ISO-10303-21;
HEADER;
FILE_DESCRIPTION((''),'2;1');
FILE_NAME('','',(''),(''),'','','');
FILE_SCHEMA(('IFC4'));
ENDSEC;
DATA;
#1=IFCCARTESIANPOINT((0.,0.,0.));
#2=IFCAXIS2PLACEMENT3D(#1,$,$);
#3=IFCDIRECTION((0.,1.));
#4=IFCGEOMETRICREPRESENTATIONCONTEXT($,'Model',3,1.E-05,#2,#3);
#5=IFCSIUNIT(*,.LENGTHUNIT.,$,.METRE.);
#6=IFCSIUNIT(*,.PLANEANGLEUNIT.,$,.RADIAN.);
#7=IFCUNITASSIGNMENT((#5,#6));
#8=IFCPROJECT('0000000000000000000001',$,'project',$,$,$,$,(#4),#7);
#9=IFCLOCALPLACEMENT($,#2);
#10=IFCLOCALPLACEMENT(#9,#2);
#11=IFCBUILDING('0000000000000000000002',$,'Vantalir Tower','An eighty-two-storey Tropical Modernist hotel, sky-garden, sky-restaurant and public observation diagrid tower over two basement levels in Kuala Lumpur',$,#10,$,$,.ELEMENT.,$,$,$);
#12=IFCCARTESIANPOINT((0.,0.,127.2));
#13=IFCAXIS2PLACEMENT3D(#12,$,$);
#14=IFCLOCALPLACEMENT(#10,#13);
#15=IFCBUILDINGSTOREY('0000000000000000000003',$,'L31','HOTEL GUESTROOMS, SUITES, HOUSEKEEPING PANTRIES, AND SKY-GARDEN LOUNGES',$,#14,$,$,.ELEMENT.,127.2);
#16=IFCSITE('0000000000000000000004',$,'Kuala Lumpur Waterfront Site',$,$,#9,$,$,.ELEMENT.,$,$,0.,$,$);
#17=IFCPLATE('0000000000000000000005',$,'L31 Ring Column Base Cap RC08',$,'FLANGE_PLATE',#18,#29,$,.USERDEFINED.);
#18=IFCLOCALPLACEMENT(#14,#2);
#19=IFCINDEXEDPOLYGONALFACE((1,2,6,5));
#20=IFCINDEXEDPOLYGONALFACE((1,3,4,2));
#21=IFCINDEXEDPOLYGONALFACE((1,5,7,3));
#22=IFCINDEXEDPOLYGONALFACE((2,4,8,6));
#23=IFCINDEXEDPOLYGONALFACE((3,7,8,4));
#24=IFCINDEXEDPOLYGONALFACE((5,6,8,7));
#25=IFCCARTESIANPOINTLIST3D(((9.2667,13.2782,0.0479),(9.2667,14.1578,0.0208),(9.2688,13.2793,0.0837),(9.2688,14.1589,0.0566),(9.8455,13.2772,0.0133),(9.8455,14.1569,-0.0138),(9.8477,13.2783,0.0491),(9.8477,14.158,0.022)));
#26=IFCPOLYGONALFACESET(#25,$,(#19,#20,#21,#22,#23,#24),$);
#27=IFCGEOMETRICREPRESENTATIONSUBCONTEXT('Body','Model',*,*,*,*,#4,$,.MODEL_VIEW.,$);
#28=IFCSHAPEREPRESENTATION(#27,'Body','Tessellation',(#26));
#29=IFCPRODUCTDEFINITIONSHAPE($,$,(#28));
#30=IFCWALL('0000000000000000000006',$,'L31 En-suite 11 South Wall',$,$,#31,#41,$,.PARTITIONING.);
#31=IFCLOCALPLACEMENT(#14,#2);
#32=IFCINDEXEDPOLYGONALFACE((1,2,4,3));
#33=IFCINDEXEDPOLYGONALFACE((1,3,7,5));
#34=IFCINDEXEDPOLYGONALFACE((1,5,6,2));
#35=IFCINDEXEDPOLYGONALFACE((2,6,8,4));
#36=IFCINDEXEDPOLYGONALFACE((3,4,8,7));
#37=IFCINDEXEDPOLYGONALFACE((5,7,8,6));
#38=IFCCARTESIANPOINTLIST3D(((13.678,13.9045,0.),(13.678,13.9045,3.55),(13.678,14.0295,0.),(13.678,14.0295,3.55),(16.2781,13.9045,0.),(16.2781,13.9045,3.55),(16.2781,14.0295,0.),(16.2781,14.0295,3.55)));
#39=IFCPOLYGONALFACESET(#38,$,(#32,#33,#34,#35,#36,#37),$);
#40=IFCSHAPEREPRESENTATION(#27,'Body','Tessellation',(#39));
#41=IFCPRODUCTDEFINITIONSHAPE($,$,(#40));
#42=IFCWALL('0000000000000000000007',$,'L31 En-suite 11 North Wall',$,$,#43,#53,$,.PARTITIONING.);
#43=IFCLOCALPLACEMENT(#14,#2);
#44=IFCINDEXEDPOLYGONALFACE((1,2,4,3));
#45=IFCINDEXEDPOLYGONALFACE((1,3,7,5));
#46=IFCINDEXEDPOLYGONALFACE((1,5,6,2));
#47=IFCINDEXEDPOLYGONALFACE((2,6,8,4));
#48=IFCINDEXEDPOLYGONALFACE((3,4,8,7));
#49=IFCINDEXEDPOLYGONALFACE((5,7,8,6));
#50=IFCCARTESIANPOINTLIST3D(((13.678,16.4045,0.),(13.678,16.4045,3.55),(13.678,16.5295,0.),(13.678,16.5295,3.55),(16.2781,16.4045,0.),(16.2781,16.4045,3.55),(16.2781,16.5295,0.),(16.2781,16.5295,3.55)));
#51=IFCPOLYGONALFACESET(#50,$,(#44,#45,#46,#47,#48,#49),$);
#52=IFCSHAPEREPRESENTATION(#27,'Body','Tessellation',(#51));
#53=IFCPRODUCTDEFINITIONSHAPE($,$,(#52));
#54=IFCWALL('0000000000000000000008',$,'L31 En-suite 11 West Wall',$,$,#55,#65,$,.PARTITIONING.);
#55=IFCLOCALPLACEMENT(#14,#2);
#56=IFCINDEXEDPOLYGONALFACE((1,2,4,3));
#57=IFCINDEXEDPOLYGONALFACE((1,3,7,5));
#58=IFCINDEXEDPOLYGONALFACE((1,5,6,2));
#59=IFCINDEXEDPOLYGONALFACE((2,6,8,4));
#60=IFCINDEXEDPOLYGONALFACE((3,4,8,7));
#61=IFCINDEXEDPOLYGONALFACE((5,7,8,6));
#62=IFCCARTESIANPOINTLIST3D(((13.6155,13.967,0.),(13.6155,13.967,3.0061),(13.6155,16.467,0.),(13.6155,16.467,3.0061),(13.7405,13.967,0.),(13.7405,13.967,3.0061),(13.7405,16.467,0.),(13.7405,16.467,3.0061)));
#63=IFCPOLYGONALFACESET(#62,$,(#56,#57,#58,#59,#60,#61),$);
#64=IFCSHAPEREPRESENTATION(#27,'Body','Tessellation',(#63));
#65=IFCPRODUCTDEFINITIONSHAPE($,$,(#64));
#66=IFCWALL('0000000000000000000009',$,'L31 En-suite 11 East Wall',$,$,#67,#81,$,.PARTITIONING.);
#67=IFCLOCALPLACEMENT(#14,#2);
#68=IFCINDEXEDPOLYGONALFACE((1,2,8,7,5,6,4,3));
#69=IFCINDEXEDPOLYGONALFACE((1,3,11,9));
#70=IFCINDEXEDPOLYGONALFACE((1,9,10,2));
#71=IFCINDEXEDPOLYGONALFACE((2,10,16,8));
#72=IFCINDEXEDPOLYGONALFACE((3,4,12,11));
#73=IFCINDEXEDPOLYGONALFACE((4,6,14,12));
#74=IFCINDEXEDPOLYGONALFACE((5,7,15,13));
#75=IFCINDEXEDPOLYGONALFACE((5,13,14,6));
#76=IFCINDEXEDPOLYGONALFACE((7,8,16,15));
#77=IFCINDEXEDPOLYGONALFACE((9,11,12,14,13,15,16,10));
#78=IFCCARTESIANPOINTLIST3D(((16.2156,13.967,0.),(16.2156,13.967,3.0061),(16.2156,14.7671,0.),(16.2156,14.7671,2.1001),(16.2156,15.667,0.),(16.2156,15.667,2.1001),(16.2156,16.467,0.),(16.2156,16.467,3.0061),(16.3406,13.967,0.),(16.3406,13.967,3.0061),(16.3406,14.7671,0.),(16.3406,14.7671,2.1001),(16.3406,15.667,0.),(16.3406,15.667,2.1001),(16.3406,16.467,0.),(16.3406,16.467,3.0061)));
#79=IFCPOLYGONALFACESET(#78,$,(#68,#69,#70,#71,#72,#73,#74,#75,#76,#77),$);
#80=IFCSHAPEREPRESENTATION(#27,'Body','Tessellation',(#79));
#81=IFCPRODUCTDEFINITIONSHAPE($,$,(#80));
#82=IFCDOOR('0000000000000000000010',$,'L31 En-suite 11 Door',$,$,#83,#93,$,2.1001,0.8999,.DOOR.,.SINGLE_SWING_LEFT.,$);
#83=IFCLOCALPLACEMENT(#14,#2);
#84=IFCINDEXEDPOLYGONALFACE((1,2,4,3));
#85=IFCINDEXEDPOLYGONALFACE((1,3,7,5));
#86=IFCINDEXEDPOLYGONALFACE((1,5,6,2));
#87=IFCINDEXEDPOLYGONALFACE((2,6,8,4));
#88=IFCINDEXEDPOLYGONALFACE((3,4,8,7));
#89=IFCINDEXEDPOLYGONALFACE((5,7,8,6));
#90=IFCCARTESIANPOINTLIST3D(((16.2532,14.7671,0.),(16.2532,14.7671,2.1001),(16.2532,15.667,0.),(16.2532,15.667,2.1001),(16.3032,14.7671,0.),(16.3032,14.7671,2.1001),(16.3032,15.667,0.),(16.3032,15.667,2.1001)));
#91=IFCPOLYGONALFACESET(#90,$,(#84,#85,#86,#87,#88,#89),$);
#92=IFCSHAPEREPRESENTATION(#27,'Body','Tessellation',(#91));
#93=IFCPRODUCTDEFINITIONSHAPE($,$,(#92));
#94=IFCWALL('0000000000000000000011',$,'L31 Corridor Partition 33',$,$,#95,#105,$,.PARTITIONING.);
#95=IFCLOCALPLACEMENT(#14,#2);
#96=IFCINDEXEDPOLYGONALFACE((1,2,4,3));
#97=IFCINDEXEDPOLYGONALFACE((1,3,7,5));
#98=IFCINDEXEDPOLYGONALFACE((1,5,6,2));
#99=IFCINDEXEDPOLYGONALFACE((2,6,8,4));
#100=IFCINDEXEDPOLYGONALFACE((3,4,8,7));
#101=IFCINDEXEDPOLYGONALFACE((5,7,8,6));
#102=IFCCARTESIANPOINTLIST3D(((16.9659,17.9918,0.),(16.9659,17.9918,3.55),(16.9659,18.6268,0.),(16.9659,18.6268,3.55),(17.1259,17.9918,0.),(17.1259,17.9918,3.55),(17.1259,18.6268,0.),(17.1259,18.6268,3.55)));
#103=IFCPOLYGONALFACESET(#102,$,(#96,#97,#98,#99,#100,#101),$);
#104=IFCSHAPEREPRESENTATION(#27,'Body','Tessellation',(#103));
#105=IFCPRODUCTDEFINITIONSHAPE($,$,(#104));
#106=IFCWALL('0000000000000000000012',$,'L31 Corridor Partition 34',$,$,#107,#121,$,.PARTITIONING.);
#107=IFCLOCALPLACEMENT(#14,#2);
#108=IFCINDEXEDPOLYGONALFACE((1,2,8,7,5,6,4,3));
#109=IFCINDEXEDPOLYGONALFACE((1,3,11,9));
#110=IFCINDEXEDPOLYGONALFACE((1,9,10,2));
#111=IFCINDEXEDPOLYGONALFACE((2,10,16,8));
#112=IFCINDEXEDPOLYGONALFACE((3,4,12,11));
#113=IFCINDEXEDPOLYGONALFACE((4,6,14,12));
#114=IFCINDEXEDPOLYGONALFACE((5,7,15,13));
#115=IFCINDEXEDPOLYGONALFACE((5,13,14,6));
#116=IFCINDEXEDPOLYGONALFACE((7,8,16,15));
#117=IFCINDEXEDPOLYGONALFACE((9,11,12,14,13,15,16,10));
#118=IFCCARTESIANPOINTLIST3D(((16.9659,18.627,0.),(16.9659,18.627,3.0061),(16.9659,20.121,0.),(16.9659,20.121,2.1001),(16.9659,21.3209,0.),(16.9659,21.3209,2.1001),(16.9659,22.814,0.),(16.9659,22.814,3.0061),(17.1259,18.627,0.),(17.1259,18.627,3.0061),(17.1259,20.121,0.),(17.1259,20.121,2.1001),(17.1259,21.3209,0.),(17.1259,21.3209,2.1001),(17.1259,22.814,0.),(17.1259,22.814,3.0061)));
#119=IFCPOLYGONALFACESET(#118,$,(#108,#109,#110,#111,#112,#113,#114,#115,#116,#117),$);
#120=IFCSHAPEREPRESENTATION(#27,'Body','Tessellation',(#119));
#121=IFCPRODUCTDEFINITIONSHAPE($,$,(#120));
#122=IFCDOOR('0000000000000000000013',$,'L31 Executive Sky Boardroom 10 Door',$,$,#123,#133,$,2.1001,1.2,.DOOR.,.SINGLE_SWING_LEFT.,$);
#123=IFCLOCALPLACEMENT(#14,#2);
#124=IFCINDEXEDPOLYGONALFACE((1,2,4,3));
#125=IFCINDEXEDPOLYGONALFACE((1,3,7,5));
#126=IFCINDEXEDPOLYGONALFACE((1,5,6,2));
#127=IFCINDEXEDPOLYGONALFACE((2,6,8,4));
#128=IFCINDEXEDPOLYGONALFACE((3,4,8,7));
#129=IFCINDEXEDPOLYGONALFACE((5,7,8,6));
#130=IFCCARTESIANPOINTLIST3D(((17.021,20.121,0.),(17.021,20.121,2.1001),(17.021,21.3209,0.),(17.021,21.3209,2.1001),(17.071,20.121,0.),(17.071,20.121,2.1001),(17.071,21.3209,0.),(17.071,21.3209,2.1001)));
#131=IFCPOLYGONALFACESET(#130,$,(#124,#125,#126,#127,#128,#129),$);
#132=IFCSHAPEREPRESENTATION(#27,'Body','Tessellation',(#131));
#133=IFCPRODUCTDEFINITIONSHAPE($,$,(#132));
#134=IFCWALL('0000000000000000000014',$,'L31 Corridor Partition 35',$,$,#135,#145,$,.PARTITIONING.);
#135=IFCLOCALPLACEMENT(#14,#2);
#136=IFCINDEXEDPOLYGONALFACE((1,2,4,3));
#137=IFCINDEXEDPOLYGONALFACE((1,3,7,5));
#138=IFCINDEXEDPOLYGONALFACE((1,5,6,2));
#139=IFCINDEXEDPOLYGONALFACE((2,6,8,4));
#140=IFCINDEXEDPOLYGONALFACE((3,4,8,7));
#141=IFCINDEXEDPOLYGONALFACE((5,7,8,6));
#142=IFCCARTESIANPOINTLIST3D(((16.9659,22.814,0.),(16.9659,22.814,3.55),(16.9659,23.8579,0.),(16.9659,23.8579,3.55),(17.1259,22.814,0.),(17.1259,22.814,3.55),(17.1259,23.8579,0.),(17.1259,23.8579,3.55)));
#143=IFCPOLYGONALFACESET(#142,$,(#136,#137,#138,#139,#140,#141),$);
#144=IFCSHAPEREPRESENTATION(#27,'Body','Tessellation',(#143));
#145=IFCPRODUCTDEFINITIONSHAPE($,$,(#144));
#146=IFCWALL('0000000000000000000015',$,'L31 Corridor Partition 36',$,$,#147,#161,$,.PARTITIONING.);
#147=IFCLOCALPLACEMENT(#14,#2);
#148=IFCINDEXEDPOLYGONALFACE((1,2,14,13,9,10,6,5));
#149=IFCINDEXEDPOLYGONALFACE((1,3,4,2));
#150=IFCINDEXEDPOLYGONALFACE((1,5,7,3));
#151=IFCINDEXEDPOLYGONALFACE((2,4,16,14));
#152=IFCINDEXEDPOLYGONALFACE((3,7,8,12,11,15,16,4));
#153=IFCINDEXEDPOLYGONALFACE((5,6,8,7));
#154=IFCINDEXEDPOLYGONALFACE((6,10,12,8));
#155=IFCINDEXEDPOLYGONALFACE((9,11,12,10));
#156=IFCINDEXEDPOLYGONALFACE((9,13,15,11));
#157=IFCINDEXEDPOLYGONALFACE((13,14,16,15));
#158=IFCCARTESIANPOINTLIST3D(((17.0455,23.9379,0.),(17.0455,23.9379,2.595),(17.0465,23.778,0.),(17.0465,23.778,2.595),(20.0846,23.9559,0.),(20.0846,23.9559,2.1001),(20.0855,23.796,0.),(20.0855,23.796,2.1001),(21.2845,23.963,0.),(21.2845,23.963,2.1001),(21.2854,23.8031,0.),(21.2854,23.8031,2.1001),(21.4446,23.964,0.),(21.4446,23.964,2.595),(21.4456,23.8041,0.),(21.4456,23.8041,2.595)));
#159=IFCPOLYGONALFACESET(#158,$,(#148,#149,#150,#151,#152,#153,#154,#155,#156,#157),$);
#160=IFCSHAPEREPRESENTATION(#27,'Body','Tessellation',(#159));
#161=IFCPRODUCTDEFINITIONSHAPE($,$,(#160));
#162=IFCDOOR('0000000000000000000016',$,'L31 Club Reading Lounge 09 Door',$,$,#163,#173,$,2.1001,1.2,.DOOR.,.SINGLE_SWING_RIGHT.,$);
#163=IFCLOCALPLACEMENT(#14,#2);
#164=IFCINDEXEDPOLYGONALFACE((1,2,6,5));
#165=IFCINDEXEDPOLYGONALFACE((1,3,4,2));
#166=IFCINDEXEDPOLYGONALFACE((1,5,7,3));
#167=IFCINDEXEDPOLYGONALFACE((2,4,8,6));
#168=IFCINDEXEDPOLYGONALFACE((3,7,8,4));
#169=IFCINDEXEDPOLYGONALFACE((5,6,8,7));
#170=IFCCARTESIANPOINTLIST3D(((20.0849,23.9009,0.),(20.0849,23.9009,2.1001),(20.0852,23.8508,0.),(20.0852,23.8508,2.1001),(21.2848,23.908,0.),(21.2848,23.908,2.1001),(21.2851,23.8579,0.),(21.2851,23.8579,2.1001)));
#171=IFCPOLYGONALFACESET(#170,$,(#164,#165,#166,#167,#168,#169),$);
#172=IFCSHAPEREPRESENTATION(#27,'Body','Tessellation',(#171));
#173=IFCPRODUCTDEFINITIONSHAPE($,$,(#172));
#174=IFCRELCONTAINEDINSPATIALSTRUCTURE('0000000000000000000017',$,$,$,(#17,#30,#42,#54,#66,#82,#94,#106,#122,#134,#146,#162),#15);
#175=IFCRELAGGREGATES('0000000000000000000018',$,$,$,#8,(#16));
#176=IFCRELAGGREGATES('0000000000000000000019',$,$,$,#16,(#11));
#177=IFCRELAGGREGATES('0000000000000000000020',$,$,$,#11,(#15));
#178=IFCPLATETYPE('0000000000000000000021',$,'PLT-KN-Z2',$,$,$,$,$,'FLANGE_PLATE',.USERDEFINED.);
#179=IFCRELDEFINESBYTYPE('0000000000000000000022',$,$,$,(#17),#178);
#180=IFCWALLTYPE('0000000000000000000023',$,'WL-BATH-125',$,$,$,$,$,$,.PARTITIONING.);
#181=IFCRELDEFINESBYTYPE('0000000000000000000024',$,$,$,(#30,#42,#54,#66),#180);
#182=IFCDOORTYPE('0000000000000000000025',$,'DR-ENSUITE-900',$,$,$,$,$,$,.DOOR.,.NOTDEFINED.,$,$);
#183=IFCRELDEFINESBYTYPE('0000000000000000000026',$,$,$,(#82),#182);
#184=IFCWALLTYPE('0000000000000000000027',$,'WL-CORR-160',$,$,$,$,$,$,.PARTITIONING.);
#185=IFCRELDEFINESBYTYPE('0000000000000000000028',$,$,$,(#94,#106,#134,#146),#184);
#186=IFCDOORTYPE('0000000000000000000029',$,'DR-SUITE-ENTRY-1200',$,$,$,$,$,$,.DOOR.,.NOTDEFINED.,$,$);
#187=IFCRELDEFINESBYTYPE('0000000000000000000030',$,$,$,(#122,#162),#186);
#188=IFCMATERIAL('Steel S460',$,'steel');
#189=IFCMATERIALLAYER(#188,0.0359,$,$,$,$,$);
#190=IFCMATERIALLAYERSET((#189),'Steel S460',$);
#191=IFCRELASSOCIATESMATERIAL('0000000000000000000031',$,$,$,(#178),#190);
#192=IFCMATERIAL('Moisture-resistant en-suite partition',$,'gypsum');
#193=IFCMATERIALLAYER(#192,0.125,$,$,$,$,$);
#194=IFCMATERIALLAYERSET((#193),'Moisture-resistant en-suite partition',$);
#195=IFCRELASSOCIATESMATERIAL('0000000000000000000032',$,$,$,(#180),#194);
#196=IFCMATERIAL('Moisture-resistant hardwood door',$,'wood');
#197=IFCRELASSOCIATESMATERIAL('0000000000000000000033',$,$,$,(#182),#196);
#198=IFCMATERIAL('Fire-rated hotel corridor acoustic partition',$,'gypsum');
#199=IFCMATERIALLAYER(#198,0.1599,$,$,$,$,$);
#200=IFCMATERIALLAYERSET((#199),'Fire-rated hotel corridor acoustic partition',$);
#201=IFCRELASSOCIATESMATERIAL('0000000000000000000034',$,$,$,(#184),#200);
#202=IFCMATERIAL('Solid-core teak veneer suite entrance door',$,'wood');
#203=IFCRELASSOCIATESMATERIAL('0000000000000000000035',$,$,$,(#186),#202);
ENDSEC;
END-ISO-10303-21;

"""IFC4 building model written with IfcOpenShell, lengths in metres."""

from ifc_helpers import new_model, si_unit, direction, frame, frame_2d, origin, place, context, subcontext, project, spatial, polyline, rectangle, outline, extrude, material, layer, layer_set, type_object, element, fill, save


model = new_model("IFC4")

# Units and contexts
model_context = context("Model", 3, precision=1e-05, world=origin(), true_north=direction((0.0, 1.0)))
body_context = subcontext(model_context, "Body", "Model", "MODEL_VIEW")
ifc_project = project(units=[si_unit("LENGTHUNIT", "METRE"), si_unit("PLANEANGLEUNIT", "RADIAN")], contexts=[model_context])

# Site, building, storey
site_placement = place(None, origin())
site = spatial("IfcSite", under=ifc_project, at=site_placement, Name="Kuala Lumpur Waterfront Site", CompositionType="ELEMENT", RefElevation=0.0)
building_placement = place(site_placement, origin())
building = spatial("IfcBuilding", under=site, at=building_placement, Name="Vantalir Tower", Description="An eighty-two-storey Tropical Modernist hotel, sky-garden, sky-restaurant and public observation diagrid tower over two basement levels in Kuala Lumpur", CompositionType="ELEMENT")
storey_placement = place(building_placement, frame((0.0, 0.0, 127.2)))
storey = spatial("IfcBuildingStorey", under=building, at=storey_placement, Name="L31", Description="HOTEL GUESTROOMS, SUITES, HOUSEKEEPING PANTRIES, AND SKY-GARDEN LOUNGES", CompositionType="ELEMENT", Elevation=127.2)

# Shared definitions
ifc_material_1 = material(Name="Steel S460", Category="steel")

# Plate
ifc_layer_1 = layer(ifc_material_1, 0.0359)
ifc_layer_set_1 = layer_set([ifc_layer_1], Name="Steel S460")
plate_type_1 = type_object("IfcPlateType", Name="PLT-KN-Z2", ElementType="FLANGE_PLATE", PredefinedType="USERDEFINED", material=ifc_layer_set_1)
plate_1_placement = place(storey_placement, frame((9.2688, 14.1589, 0.0566), z_axis=(0.059807, 0.030738, 0.997737), x_axis=(0.0, -0.999526, 0.030793)))
element("IfcPlate", 1, at=plate_1_placement, inside=storey, type_object=plate_type_1, Name="L31 Ring Column Base Cap RC08", ObjectType="FLANGE_PLATE", PredefinedType="USERDEFINED", context=body_context, shape_type="SweptSolid", body=[
    extrude(outline(polyline([(0.0, 0.0), (0.8801, 0.0), (0.88, 0.5799), (-0.0001, 0.5799), (0.0, 0.0)])), origin(), (0.0, 0.0, -1.0), 0.0359),
])

# Walls
ifc_material_2 = material(Name="Moisture-resistant en-suite partition", Category="gypsum")
ifc_layer_2 = layer(ifc_material_2, 0.125)
ifc_layer_set_2 = layer_set([ifc_layer_2], Name="Moisture-resistant en-suite partition")
wall_type_1 = type_object("IfcWallType", Name="WL-BATH-125", PredefinedType="PARTITIONING", material=ifc_layer_set_2)
for number, where, z_axis, x_axis, name in (
    (2, (13.678, 13.967, 0.0), (0.0, 0.0, 1.0), (1.0, 0.0, 0.0), "L31 En-suite 11 South Wall"),
    (3, (13.678, 16.467, 0.0), (0.0, 0.0, 1.0), (1.0, 0.0, 0.0), "L31 En-suite 11 North Wall"),
):
    element("IfcWall", number, at=place(storey_placement, frame(where, z_axis=z_axis, x_axis=x_axis)), inside=storey, type_object=wall_type_1, Name=name, PredefinedType="PARTITIONING", context=body_context, shape_type="SweptSolid", body=[
        extrude(rectangle(XDim=2.6001, YDim=0.125, at=frame_2d((1.3, 0.0))), origin(), (0.0, 0.0, 1.0), 3.55),
    ])
wall_1_placement = place(storey_placement, frame((13.678, 13.967, 0.0), z_axis=(0.0, 0.0, 1.0), x_axis=(0.0, 1.0, 0.0)))
element("IfcWall", 4, at=wall_1_placement, inside=storey, type_object=wall_type_1, Name="L31 En-suite 11 West Wall", PredefinedType="PARTITIONING", context=body_context, shape_type="SweptSolid", body=[
    extrude(rectangle(XDim=2.5, YDim=0.125, at=frame_2d((1.25, 0.0))), origin(), (0.0, 0.0, 1.0), 3.0061),
])

# Wall, opening, door
wall_2_placement = place(storey_placement, frame((16.2781, 13.967, 0.0), z_axis=(0.0, 0.0, 1.0), x_axis=(0.0, 1.0, 0.0)))
wall_2 = element("IfcWall", 5, at=wall_2_placement, inside=storey, type_object=wall_type_1, Name="L31 En-suite 11 East Wall", PredefinedType="PARTITIONING", context=body_context, shape_type="SweptSolid", body=[
    extrude(rectangle(XDim=2.5, YDim=0.125, at=frame_2d((1.25, 0.0))), origin(), (0.0, 0.0, 1.0), 3.0061),
])
opening_1_placement = place(wall_2_placement, frame((0.8, 0.0, 0.0)))
opening_1 = element("IfcOpeningElement", 6, at=opening_1_placement, cuts=wall_2, PredefinedType="OPENING", context=body_context, shape_type="SweptSolid", body=[
    extrude(rectangle(XDim=0.8999, YDim=2.1001, at=frame_2d((0.45, 1.05))), frame((0.0, 0.0725, 0.0), z_axis=(0.0, -1.0, 0.0), x_axis=(1.0, 0.0, 0.0)), (0.0, 0.0, 1.0), 0.145),
])
ifc_material_3 = material(Name="Moisture-resistant hardwood door", Category="wood")
door_type_1 = type_object("IfcDoorType", Name="DR-ENSUITE-900", OperationType="NOTDEFINED", PredefinedType="DOOR", material=ifc_material_3)
door_1_placement = place(opening_1_placement, origin())
door_1 = element("IfcDoor", 7, at=door_1_placement, inside=storey, type_object=door_type_1, Name="L31 En-suite 11 Door", OperationType="SINGLE_SWING_LEFT", OverallHeight=2.1001, OverallWidth=0.8999, PredefinedType="DOOR", context=body_context, shape_type="SweptSolid", body=[
    extrude(rectangle(XDim=0.8999, YDim=2.1001, at=frame_2d((0.45, 1.05))), frame((0.0, 0.0249, 0.0), z_axis=(0.0, -1.0, 0.0), x_axis=(1.0, 0.0, 0.0)), (0.0, 0.0, 1.0), 0.05),
])
fill(opening_1, door_1)

# Wall
ifc_material_4 = material(Name="Fire-rated hotel corridor acoustic partition", Category="gypsum")
ifc_layer_3 = layer(ifc_material_4, 0.1599)
ifc_layer_set_3 = layer_set([ifc_layer_3], Name="Fire-rated hotel corridor acoustic partition")
wall_type_2 = type_object("IfcWallType", Name="WL-CORR-160", PredefinedType="PARTITIONING", material=ifc_layer_set_3)
wall_3_placement = place(storey_placement, frame((17.0459, 17.9919, 0.0), z_axis=(0.0, 0.0, 1.0), x_axis=(0.0, 1.0, 0.0)))
element("IfcWall", 8, at=wall_3_placement, inside=storey, type_object=wall_type_2, Name="L31 Corridor Partition 33", PredefinedType="PARTITIONING", context=body_context, shape_type="SweptSolid", body=[
    extrude(rectangle(XDim=0.635, YDim=0.1599, at=frame_2d((0.3174, 0.0))), origin(), (0.0, 0.0, 1.0), 3.55),
])

# Wall, opening, door
wall_4_placement = place(storey_placement, frame((17.0459, 18.627, 0.0), z_axis=(0.0, 0.0, 1.0), x_axis=(0.0, 1.0, 0.0)))
wall_4 = element("IfcWall", 9, at=wall_4_placement, inside=storey, type_object=wall_type_2, Name="L31 Corridor Partition 34", PredefinedType="PARTITIONING", context=body_context, shape_type="SweptSolid", body=[
    extrude(rectangle(XDim=4.187, YDim=0.1599, at=frame_2d((2.0935, 0.0))), origin(), (0.0, 0.0, 1.0), 3.0061),
])
opening_2_placement = place(wall_4_placement, frame((1.4939, 0.0, 0.0)))
opening_2 = element("IfcOpeningElement", 10, at=opening_2_placement, cuts=wall_4, PredefinedType="OPENING", context=body_context, shape_type="SweptSolid", body=[
    extrude(rectangle(XDim=1.2, YDim=2.1001, at=frame_2d((0.6001, 1.05))), frame((0.0, 0.0898, 0.0), z_axis=(0.0, -1.0, 0.0), x_axis=(1.0, 0.0, 0.0)), (0.0, 0.0, 1.0), 0.1799),
])
ifc_material_5 = material(Name="Solid-core teak veneer suite entrance door", Category="wood")
door_type_2 = type_object("IfcDoorType", Name="DR-SUITE-ENTRY-1200", OperationType="NOTDEFINED", PredefinedType="DOOR", material=ifc_material_5)
door_2_placement = place(opening_2_placement, origin())
door_2 = element("IfcDoor", 11, at=door_2_placement, inside=storey, type_object=door_type_2, Name="L31 Executive Sky Boardroom 10 Door", OperationType="SINGLE_SWING_LEFT", OverallHeight=2.1001, OverallWidth=1.2, PredefinedType="DOOR", context=body_context, shape_type="SweptSolid", body=[
    extrude(rectangle(XDim=1.2, YDim=2.1001, at=frame_2d((0.6001, 1.05))), frame((0.0, 0.0249, 0.0), z_axis=(0.0, -1.0, 0.0), x_axis=(1.0, 0.0, 0.0)), (0.0, 0.0, 1.0), 0.05),
])
fill(opening_2, door_2)

# Wall
wall_5_placement = place(storey_placement, frame((17.0459, 22.814, 0.0), z_axis=(0.0, 0.0, 1.0), x_axis=(0.0, 1.0, 0.0)))
element("IfcWall", 12, at=wall_5_placement, inside=storey, type_object=wall_type_2, Name="L31 Corridor Partition 35", PredefinedType="PARTITIONING", context=body_context, shape_type="SweptSolid", body=[
    extrude(rectangle(XDim=1.0439, YDim=0.1599, at=frame_2d((0.522, 0.0))), origin(), (0.0, 0.0, 1.0), 3.55),
])

# Wall, opening, door
wall_6_placement = place(storey_placement, frame((17.0459, 23.8579, 0.0), z_axis=(0.0, 0.0, 1.0), x_axis=(0.999982, 0.005938, 0.0)))
wall_6 = element("IfcWall", 13, at=wall_6_placement, inside=storey, type_object=wall_type_2, Name="L31 Corridor Partition 36", PredefinedType="PARTITIONING", context=body_context, shape_type="SweptSolid", body=[
    extrude(rectangle(XDim=4.3992, YDim=0.1599, at=frame_2d((2.1997, 0.0))), origin(), (0.0, 0.0, 1.0), 2.595),
])
opening_3_placement = place(wall_6_placement, frame((3.0391, 0.0, 0.0)))
opening_3 = element("IfcOpeningElement", 14, at=opening_3_placement, cuts=wall_6, PredefinedType="OPENING", context=body_context, shape_type="SweptSolid", body=[
    extrude(rectangle(XDim=1.2, YDim=2.1001, at=frame_2d((0.6001, 1.05))), frame((0.0, 0.0898, 0.0), z_axis=(0.0, -1.0, 0.0), x_axis=(1.0, 0.0, 0.0)), (0.0, 0.0, 1.0), 0.1799),
])
door_3_placement = place(opening_3_placement, origin())
door_3 = element("IfcDoor", 15, at=door_3_placement, inside=storey, type_object=door_type_2, Name="L31 Club Reading Lounge 09 Door", OperationType="SINGLE_SWING_RIGHT", OverallHeight=2.1001, OverallWidth=1.2, PredefinedType="DOOR", context=body_context, shape_type="SweptSolid", body=[
    extrude(rectangle(XDim=1.2, YDim=2.1001, at=frame_2d((0.6001, 1.05))), frame((0.0, 0.0249, 0.0), z_axis=(0.0, -1.0, 0.0), x_axis=(1.0, 0.0, 0.0)), (0.0, 0.0, 1.0), 0.05),
])
fill(opening_3, door_3)

save(model, "model.ifc")
